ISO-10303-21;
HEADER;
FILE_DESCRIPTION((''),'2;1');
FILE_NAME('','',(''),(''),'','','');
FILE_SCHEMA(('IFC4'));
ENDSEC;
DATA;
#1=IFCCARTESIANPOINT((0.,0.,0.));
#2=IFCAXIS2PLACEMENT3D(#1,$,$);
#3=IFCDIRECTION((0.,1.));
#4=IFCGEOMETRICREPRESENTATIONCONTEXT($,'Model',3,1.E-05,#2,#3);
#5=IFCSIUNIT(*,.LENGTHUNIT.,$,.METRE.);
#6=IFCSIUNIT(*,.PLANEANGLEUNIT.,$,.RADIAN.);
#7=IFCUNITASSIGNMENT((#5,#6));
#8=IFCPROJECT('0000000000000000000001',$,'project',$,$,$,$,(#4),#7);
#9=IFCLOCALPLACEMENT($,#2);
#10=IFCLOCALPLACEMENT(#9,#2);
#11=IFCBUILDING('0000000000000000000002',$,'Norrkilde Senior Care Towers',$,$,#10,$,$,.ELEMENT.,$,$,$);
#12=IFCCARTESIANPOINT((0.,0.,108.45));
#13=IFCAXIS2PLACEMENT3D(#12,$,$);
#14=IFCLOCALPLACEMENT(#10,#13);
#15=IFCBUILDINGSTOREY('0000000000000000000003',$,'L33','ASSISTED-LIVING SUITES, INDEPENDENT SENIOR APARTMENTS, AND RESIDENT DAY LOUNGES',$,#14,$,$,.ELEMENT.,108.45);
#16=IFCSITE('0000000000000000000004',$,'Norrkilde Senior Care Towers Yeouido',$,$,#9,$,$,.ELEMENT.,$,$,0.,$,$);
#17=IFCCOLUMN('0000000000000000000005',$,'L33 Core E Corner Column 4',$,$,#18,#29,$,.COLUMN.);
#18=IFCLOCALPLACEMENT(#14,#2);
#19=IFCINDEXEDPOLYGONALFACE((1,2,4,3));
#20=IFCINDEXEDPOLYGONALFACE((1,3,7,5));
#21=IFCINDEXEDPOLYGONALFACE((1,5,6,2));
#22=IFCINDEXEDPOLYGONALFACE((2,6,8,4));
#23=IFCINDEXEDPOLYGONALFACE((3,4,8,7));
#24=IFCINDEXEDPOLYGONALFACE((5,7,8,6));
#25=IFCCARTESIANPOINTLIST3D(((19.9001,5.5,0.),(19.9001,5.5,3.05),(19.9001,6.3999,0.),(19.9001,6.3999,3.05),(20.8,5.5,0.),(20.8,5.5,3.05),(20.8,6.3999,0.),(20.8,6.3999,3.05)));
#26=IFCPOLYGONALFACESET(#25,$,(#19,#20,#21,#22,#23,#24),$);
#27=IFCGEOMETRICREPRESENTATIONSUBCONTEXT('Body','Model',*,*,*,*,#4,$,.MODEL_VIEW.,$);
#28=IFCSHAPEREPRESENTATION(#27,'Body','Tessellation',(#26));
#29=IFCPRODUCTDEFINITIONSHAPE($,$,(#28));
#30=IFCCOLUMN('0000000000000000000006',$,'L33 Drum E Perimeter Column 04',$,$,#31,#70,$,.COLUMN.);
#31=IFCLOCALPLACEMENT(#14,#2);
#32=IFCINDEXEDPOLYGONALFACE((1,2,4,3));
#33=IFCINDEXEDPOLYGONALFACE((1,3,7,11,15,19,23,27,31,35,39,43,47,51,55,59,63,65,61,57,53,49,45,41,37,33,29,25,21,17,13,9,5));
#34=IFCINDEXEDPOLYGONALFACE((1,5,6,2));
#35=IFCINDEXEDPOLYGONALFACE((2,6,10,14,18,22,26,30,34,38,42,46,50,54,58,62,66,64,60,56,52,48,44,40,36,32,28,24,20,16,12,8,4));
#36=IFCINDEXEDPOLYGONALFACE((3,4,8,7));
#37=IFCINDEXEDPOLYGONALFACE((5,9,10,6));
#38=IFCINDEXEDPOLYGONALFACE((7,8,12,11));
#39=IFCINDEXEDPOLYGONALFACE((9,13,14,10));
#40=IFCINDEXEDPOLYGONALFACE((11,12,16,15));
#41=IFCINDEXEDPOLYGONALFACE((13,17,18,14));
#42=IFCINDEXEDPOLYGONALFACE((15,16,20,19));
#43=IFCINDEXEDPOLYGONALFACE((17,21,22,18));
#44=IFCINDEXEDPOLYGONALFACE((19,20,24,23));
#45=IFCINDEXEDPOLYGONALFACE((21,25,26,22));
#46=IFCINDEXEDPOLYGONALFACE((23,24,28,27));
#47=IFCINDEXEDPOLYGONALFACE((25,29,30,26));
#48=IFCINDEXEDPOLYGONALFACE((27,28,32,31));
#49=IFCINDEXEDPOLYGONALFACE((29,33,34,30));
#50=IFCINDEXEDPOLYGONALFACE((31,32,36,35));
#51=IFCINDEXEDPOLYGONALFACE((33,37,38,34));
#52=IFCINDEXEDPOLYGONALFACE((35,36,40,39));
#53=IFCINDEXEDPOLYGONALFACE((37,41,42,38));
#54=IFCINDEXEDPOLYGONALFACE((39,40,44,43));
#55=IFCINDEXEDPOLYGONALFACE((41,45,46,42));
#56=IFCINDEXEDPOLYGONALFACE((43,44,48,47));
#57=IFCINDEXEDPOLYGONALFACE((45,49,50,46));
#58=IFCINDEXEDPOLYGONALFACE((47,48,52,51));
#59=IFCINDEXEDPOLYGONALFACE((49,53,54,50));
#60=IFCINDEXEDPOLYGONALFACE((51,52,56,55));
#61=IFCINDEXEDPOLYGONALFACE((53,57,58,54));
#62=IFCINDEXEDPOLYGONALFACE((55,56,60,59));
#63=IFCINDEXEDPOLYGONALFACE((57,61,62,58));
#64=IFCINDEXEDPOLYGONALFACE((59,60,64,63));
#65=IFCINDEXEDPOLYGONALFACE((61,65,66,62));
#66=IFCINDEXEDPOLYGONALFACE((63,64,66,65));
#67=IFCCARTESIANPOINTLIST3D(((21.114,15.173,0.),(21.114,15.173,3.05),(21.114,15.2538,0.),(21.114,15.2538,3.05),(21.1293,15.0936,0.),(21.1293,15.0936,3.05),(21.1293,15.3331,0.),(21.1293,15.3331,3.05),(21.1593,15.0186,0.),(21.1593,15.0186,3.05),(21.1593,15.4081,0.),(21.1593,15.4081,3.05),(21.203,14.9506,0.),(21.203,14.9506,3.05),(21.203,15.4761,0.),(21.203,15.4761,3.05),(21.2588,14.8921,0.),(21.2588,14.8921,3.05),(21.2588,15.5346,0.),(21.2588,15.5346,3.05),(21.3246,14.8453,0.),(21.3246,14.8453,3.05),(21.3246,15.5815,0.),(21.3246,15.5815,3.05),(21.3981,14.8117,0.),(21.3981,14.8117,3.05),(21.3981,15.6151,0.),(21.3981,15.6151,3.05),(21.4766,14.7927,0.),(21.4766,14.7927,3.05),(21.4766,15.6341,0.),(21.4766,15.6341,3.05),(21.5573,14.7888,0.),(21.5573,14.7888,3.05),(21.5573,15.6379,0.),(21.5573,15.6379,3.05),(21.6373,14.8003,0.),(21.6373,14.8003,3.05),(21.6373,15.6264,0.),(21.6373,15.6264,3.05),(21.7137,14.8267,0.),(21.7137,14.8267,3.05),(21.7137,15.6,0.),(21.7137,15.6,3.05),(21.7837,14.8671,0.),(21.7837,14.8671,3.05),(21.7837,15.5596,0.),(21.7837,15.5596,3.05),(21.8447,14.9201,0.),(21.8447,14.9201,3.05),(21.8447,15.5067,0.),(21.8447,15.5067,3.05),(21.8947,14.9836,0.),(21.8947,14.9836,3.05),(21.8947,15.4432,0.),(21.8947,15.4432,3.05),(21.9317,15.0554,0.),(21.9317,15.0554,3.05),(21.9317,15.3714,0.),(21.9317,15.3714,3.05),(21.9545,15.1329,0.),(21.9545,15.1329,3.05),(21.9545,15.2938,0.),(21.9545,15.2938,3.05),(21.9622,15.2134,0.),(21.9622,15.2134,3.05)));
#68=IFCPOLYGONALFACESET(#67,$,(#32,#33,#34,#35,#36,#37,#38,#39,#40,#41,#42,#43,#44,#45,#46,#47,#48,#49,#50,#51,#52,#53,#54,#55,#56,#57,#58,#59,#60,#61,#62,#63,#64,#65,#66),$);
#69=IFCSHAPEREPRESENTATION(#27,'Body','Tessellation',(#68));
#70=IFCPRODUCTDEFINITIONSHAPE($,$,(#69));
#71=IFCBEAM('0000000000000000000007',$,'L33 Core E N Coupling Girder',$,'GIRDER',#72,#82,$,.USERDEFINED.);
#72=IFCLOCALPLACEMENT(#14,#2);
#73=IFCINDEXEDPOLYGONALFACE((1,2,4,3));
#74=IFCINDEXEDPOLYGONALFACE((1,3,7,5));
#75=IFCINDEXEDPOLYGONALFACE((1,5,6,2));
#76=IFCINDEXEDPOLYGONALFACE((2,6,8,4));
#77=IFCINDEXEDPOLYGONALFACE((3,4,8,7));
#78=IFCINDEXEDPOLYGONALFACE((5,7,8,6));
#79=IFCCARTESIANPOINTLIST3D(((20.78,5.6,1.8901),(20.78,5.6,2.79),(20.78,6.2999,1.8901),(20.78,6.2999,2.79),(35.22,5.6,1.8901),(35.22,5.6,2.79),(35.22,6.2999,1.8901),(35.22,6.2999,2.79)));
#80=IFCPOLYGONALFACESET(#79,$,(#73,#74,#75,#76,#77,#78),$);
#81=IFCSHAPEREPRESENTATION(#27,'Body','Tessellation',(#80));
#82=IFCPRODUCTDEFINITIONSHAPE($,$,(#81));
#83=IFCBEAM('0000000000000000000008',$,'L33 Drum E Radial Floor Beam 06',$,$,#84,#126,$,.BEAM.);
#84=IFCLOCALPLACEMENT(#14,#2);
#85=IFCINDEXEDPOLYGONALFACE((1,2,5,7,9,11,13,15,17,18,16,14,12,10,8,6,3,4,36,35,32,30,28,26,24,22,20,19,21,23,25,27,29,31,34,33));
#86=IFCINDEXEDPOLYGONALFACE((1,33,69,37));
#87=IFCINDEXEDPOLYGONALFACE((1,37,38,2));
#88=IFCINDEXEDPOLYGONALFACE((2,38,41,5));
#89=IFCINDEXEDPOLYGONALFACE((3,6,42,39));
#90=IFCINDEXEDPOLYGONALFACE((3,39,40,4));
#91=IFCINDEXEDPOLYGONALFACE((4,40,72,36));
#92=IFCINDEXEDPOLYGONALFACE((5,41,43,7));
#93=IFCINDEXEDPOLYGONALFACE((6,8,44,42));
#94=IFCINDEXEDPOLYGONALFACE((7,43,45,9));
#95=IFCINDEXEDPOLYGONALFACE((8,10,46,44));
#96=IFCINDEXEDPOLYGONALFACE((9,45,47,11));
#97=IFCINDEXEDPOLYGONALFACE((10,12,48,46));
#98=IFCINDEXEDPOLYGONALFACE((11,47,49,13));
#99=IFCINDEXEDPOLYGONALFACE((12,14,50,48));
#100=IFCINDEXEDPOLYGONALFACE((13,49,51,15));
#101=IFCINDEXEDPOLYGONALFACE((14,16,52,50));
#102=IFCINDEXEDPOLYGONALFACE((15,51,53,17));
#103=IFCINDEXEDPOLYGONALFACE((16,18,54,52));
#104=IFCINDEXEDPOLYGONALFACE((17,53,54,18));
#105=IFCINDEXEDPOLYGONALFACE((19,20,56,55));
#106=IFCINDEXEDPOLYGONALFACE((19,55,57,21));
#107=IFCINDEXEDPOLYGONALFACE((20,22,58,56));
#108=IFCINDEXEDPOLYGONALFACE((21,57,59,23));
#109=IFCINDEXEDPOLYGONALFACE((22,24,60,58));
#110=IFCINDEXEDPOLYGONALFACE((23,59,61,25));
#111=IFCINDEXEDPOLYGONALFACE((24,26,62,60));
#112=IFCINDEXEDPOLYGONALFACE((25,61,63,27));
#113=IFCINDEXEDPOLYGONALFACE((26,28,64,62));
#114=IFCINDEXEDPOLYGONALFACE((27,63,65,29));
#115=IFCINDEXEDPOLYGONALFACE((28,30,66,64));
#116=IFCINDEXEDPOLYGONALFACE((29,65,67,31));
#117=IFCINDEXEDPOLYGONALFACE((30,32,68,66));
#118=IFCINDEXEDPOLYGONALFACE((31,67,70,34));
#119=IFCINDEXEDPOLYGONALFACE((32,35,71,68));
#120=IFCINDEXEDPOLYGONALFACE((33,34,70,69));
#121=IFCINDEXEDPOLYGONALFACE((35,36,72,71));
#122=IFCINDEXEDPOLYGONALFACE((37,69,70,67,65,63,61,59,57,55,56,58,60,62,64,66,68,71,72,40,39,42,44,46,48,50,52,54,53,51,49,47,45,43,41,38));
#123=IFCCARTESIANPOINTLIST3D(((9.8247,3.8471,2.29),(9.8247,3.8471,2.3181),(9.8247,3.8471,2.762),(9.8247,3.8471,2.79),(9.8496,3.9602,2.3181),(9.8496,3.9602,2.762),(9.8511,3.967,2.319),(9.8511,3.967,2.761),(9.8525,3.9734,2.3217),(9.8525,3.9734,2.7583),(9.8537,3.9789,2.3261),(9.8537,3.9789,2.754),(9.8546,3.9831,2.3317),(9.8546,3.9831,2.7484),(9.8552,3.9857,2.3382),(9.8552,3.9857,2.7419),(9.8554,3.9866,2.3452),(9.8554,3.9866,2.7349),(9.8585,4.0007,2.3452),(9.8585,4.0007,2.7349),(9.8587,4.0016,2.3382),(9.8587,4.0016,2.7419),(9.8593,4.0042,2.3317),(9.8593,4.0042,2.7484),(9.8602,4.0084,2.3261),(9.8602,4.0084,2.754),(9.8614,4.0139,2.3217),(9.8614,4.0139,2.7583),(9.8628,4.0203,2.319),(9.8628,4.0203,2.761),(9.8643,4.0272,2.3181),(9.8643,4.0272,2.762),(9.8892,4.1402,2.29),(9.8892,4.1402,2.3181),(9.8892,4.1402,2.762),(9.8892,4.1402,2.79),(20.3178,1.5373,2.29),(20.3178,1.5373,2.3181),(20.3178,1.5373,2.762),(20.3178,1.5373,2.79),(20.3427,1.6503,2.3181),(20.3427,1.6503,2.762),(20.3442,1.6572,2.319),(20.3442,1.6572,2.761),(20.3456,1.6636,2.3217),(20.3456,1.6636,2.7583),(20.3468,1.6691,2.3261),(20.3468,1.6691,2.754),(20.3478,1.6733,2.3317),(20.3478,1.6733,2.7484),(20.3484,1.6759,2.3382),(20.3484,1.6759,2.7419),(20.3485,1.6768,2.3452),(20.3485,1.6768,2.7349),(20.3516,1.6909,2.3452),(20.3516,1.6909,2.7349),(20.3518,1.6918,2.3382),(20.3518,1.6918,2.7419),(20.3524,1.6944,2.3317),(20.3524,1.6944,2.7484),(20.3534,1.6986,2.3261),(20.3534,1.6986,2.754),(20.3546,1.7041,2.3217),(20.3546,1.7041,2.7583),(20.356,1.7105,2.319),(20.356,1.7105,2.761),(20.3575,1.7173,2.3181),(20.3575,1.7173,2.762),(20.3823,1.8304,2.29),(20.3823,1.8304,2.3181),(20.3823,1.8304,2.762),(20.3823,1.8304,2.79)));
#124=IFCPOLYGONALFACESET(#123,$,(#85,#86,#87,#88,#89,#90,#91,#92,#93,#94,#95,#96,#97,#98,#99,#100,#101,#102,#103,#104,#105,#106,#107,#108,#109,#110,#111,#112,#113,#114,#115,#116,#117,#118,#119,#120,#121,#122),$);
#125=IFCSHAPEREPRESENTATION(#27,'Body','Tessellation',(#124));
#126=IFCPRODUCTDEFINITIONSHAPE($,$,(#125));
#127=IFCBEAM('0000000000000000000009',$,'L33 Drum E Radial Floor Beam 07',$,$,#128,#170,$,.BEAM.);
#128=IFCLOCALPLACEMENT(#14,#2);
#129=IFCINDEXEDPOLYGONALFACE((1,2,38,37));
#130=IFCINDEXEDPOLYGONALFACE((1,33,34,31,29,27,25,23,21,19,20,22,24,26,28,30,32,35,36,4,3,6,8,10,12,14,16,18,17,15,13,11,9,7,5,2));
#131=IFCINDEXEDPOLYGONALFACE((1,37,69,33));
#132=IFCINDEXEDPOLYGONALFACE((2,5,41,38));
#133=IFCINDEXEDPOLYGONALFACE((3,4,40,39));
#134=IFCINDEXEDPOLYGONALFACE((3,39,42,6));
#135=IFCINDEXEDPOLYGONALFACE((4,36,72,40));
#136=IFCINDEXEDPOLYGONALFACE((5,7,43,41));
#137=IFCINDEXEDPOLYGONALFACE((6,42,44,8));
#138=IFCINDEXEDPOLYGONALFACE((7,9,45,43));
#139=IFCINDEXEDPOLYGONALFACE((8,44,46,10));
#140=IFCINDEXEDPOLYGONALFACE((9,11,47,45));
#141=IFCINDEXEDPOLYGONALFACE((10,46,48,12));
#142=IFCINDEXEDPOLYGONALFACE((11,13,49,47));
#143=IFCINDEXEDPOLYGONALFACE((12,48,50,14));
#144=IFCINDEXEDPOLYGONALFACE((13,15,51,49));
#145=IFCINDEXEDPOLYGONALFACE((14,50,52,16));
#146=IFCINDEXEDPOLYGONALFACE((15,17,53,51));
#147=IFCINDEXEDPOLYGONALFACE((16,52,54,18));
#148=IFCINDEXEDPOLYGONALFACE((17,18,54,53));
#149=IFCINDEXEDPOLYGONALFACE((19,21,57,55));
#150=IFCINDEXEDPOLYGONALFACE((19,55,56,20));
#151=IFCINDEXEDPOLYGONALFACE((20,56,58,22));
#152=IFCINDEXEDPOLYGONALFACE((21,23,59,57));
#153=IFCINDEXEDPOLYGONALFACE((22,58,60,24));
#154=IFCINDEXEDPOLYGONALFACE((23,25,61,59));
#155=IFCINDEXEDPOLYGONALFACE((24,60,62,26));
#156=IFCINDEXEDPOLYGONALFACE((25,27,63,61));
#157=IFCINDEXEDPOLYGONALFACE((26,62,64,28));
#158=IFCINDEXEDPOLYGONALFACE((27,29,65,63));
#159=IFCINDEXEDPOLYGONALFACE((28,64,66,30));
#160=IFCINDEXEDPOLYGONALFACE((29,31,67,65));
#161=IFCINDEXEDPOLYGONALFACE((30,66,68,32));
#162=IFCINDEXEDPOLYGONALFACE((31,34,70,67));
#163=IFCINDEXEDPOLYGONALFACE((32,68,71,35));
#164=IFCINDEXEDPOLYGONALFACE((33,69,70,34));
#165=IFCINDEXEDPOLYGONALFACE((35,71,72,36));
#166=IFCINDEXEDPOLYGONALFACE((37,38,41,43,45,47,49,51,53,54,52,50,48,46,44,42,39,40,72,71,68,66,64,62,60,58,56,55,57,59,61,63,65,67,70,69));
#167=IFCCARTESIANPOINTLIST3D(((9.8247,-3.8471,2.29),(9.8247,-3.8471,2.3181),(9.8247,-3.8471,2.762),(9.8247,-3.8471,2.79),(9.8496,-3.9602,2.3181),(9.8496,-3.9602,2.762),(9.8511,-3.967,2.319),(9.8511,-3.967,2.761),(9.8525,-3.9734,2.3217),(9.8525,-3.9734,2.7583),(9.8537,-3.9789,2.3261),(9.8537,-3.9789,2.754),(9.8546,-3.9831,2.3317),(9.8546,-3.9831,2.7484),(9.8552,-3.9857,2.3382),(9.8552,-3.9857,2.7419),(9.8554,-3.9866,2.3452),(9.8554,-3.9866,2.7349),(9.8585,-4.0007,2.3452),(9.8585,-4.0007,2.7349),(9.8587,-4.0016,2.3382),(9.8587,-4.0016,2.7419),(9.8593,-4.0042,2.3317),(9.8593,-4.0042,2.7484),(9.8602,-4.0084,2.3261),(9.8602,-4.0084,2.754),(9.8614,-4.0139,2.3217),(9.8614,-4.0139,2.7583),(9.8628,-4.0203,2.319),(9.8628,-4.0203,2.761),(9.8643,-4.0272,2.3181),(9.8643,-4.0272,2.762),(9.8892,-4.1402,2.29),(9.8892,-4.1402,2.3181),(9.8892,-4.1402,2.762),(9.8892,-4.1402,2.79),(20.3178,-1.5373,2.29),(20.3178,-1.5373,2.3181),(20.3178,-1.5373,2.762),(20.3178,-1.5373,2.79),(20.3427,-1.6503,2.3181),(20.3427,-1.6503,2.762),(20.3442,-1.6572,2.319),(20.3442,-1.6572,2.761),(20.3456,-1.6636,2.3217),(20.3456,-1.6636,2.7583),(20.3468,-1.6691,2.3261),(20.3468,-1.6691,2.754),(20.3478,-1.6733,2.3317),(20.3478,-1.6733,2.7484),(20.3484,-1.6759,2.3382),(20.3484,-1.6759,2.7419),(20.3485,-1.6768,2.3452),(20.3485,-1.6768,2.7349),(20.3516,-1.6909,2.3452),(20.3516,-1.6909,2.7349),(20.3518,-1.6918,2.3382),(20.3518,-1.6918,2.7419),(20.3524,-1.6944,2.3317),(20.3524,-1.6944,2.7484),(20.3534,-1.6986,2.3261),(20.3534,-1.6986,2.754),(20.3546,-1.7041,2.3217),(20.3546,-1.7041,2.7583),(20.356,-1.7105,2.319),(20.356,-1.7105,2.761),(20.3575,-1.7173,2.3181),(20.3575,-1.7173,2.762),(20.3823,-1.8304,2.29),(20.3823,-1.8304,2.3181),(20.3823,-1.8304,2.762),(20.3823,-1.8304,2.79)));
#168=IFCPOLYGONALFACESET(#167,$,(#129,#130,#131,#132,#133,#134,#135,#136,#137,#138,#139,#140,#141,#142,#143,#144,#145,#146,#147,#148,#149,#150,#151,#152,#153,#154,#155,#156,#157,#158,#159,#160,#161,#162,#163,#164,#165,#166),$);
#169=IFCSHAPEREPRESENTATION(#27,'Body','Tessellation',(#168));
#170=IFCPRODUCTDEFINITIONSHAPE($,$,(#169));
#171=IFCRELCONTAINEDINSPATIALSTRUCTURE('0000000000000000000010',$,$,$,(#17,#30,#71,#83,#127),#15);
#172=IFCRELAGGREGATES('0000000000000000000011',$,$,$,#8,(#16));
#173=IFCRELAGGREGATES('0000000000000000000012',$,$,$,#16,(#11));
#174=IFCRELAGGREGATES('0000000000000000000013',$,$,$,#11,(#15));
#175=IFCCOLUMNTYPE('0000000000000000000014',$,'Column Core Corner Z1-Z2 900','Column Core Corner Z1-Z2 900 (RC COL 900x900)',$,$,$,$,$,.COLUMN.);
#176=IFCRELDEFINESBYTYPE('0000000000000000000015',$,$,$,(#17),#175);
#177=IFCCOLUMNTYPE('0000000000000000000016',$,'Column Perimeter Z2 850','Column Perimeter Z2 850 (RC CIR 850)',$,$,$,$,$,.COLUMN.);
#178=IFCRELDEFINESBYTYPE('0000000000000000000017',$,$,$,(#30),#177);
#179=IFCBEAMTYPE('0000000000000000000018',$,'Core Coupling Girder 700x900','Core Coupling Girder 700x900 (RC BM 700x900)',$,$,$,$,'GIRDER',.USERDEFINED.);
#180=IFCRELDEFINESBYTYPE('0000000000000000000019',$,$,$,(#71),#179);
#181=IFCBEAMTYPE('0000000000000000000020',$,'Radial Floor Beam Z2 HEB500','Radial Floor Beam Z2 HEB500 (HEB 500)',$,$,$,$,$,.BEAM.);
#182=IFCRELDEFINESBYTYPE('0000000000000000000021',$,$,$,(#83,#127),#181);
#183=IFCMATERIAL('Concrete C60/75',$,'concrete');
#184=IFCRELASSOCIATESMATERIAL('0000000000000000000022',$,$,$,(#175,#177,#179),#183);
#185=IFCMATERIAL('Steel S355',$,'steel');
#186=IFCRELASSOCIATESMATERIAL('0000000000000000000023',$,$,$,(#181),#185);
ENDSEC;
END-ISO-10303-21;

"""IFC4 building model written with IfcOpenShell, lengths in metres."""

from ifc_helpers import new_model, si_unit, direction, frame, origin, origin_2d, place, context, subcontext, project, spatial, rectangle, circle, i_section, extrude, source, transform, mapped, material, material_profile, profile_set, type_object, type_shapes, element, save


model = new_model("IFC4")

# Units and contexts
model_context = context("Model", 3, precision=1e-05, world=origin(), true_north=direction((0.0, 1.0)))
body_context = subcontext(model_context, "Body", "Model", "MODEL_VIEW")
ifc_project = project(units=[si_unit("LENGTHUNIT", "METRE"), si_unit("PLANEANGLEUNIT", "RADIAN")], contexts=[model_context])

# Site, building, storey
site_placement = place(None, origin())
site = spatial("IfcSite", under=ifc_project, at=site_placement, Name="Norrkilde Senior Care Towers Yeouido", CompositionType="ELEMENT", RefElevation=0.0)
building_placement = place(site_placement, origin())
building = spatial("IfcBuilding", under=site, at=building_placement, Name="Norrkilde Senior Care Towers", CompositionType="ELEMENT")
storey_placement = place(building_placement, frame((0.0, 0.0, 108.45)))
storey = spatial("IfcBuildingStorey", under=building, at=storey_placement, Name="L33", Description="ASSISTED-LIVING SUITES, INDEPENDENT SENIOR APARTMENTS, AND RESIDENT DAY LOUNGES", CompositionType="ELEMENT", Elevation=108.45)

# Columns
ifc_material_1 = material(Name="Concrete C60/75", Category="concrete")
ifc_material_profile_1 = material_profile(ifc_material_1, rectangle(XDim=0.8999, YDim=0.8999, at=origin_2d()), Name="RC COL 900x900")
ifc_profile_set_1 = profile_set([ifc_material_profile_1], Name="Concrete C60/75")
column_type_1 = type_object("IfcColumnType", Name="Column Core Corner Z1-Z2 900", Description="Column Core Corner Z1-Z2 900 (RC COL 900x900)", PredefinedType="COLUMN", material=ifc_profile_set_1)
shared_shape_1 = source(origin(), body_context, "Body", "SweptSolid", [
    extrude(rectangle(XDim=0.8999, YDim=0.8999, at=origin_2d()), origin(), (0.0, 0.0, 1.0), 3.05),
])
type_shapes(column_type_1, [shared_shape_1])
column_1_placement = place(storey_placement, frame((20.3501, 5.95, 0.0), z_axis=(0.0, 0.0, 1.0), x_axis=(1.0, 0.0, 0.0)))
element("IfcColumn", 1, at=column_1_placement, inside=storey, type_object=column_type_1, Name="L33 Core E Corner Column 4", PredefinedType="COLUMN", context=body_context, shape_type="MappedRepresentation", body=[
    mapped(shared_shape_1, transform((0.0, 0.0, 0.0), x_axis=(1.0, 0.0, 0.0), y_axis=(0.0, 1.0, 0.0), z_axis=(0.0, 0.0, 1.0), scale=1.0)),
])
ifc_material_profile_2 = material_profile(ifc_material_1, circle(Radius=0.425, at=origin_2d()), Name="RC CIR 850")
ifc_profile_set_2 = profile_set([ifc_material_profile_2], Name="Concrete C60/75")
column_type_2 = type_object("IfcColumnType", Name="Column Perimeter Z2 850", Description="Column Perimeter Z2 850 (RC CIR 850)", PredefinedType="COLUMN", material=ifc_profile_set_2)
shared_shape_2 = source(origin(), body_context, "Body", "SweptSolid", [
    extrude(circle(Radius=0.425, at=origin_2d()), origin(), (0.0, 0.0, 1.0), 3.05),
])
type_shapes(column_type_2, [shared_shape_2])
column_2_placement = place(storey_placement, frame((21.5371, 15.2134, 0.0), z_axis=(0.0, 0.0, 1.0), x_axis=(1.0, 0.0, 0.0)))
element("IfcColumn", 2, at=column_2_placement, inside=storey, type_object=column_type_2, Name="L33 Drum E Perimeter Column 04", PredefinedType="COLUMN", context=body_context, shape_type="MappedRepresentation", body=[
    mapped(shared_shape_2, transform((0.0, 0.0, 0.0), x_axis=(1.0, 0.0, 0.0), y_axis=(0.0, 1.0, 0.0), z_axis=(0.0, 0.0, 1.0), scale=1.0)),
])

# Beams
ifc_material_profile_3 = material_profile(ifc_material_1, rectangle(XDim=0.7, YDim=0.8999, at=origin_2d()), Name="RC BM 700x900")
ifc_profile_set_3 = profile_set([ifc_material_profile_3], Name="Concrete C60/75")
beam_type_1 = type_object("IfcBeamType", Name="Core Coupling Girder 700x900", Description="Core Coupling Girder 700x900 (RC BM 700x900)", ElementType="GIRDER", PredefinedType="USERDEFINED", material=ifc_profile_set_3)
shared_shape_3 = source(origin(), body_context, "Body", "SweptSolid", [
    extrude(rectangle(XDim=0.7, YDim=0.8999, at=origin_2d()), origin(), (0.0, 0.0, 1.0), 14.4399),
])
type_shapes(beam_type_1, [shared_shape_3])
beam_1_placement = place(storey_placement, frame((20.78, 5.95, 2.3401), z_axis=(1.0, 0.0, 0.0), x_axis=(0.0, 1.0, 0.0)))
element("IfcBeam", 3, at=beam_1_placement, inside=storey, type_object=beam_type_1, Name="L33 Core E N Coupling Girder", ObjectType="GIRDER", PredefinedType="USERDEFINED", context=body_context, shape_type="MappedRepresentation", body=[
    mapped(shared_shape_3, transform((0.0, 0.0, 0.0), x_axis=(1.0, 0.0, 0.0), y_axis=(0.0, 1.0, 0.0), z_axis=(0.0, 0.0, 1.0), scale=1.0)),
])
ifc_material_2 = material(Name="Steel S355", Category="steel")
ifc_material_profile_4 = material_profile(ifc_material_2, i_section(OverallWidth=0.3, OverallDepth=0.5, WebThickness=0.0144, FlangeThickness=0.0281, FilletRadius=0.0271, at=origin_2d()), Name="HEB 500")
ifc_profile_set_4 = profile_set([ifc_material_profile_4], Name="Steel S355")
beam_type_2 = type_object("IfcBeamType", Name="Radial Floor Beam Z2 HEB500", Description="Radial Floor Beam Z2 HEB500 (HEB 500)", PredefinedType="BEAM", material=ifc_profile_set_4)
shared_shape_4 = source(origin(), body_context, "Body", "SweptSolid", [
    extrude(i_section(OverallWidth=0.3, OverallDepth=0.5, WebThickness=0.0144, FlangeThickness=0.0281, FilletRadius=0.0271, at=origin_2d()), origin(), (0.0, 0.0, 1.0), 10.7444),
])
for number, where, z_axis, x_axis, name in (
    (4, (20.3501, 1.6838, 2.54), (-0.976619, 0.214979, 0.0), (-0.214979, -0.976619, 0.0), "L33 Drum E Radial Floor Beam 06"),
    (5, (20.3501, -1.6838, 2.54), (-0.976619, -0.214979, 0.0), (0.214979, -0.976619, 0.0), "L33 Drum E Radial Floor Beam 07"),
):
    element("IfcBeam", number, at=place(storey_placement, frame(where, z_axis=z_axis, x_axis=x_axis)), inside=storey, type_object=beam_type_2, Name=name, PredefinedType="BEAM", context=body_context, shape_type="MappedRepresentation", body=[
        mapped(shared_shape_4, transform((0.0, 0.0, 0.0), x_axis=(1.0, 0.0, 0.0), y_axis=(0.0, 1.0, 0.0), z_axis=(0.0, 0.0, 1.0), scale=1.0)),
    ])

save(model, "model.ifc")
